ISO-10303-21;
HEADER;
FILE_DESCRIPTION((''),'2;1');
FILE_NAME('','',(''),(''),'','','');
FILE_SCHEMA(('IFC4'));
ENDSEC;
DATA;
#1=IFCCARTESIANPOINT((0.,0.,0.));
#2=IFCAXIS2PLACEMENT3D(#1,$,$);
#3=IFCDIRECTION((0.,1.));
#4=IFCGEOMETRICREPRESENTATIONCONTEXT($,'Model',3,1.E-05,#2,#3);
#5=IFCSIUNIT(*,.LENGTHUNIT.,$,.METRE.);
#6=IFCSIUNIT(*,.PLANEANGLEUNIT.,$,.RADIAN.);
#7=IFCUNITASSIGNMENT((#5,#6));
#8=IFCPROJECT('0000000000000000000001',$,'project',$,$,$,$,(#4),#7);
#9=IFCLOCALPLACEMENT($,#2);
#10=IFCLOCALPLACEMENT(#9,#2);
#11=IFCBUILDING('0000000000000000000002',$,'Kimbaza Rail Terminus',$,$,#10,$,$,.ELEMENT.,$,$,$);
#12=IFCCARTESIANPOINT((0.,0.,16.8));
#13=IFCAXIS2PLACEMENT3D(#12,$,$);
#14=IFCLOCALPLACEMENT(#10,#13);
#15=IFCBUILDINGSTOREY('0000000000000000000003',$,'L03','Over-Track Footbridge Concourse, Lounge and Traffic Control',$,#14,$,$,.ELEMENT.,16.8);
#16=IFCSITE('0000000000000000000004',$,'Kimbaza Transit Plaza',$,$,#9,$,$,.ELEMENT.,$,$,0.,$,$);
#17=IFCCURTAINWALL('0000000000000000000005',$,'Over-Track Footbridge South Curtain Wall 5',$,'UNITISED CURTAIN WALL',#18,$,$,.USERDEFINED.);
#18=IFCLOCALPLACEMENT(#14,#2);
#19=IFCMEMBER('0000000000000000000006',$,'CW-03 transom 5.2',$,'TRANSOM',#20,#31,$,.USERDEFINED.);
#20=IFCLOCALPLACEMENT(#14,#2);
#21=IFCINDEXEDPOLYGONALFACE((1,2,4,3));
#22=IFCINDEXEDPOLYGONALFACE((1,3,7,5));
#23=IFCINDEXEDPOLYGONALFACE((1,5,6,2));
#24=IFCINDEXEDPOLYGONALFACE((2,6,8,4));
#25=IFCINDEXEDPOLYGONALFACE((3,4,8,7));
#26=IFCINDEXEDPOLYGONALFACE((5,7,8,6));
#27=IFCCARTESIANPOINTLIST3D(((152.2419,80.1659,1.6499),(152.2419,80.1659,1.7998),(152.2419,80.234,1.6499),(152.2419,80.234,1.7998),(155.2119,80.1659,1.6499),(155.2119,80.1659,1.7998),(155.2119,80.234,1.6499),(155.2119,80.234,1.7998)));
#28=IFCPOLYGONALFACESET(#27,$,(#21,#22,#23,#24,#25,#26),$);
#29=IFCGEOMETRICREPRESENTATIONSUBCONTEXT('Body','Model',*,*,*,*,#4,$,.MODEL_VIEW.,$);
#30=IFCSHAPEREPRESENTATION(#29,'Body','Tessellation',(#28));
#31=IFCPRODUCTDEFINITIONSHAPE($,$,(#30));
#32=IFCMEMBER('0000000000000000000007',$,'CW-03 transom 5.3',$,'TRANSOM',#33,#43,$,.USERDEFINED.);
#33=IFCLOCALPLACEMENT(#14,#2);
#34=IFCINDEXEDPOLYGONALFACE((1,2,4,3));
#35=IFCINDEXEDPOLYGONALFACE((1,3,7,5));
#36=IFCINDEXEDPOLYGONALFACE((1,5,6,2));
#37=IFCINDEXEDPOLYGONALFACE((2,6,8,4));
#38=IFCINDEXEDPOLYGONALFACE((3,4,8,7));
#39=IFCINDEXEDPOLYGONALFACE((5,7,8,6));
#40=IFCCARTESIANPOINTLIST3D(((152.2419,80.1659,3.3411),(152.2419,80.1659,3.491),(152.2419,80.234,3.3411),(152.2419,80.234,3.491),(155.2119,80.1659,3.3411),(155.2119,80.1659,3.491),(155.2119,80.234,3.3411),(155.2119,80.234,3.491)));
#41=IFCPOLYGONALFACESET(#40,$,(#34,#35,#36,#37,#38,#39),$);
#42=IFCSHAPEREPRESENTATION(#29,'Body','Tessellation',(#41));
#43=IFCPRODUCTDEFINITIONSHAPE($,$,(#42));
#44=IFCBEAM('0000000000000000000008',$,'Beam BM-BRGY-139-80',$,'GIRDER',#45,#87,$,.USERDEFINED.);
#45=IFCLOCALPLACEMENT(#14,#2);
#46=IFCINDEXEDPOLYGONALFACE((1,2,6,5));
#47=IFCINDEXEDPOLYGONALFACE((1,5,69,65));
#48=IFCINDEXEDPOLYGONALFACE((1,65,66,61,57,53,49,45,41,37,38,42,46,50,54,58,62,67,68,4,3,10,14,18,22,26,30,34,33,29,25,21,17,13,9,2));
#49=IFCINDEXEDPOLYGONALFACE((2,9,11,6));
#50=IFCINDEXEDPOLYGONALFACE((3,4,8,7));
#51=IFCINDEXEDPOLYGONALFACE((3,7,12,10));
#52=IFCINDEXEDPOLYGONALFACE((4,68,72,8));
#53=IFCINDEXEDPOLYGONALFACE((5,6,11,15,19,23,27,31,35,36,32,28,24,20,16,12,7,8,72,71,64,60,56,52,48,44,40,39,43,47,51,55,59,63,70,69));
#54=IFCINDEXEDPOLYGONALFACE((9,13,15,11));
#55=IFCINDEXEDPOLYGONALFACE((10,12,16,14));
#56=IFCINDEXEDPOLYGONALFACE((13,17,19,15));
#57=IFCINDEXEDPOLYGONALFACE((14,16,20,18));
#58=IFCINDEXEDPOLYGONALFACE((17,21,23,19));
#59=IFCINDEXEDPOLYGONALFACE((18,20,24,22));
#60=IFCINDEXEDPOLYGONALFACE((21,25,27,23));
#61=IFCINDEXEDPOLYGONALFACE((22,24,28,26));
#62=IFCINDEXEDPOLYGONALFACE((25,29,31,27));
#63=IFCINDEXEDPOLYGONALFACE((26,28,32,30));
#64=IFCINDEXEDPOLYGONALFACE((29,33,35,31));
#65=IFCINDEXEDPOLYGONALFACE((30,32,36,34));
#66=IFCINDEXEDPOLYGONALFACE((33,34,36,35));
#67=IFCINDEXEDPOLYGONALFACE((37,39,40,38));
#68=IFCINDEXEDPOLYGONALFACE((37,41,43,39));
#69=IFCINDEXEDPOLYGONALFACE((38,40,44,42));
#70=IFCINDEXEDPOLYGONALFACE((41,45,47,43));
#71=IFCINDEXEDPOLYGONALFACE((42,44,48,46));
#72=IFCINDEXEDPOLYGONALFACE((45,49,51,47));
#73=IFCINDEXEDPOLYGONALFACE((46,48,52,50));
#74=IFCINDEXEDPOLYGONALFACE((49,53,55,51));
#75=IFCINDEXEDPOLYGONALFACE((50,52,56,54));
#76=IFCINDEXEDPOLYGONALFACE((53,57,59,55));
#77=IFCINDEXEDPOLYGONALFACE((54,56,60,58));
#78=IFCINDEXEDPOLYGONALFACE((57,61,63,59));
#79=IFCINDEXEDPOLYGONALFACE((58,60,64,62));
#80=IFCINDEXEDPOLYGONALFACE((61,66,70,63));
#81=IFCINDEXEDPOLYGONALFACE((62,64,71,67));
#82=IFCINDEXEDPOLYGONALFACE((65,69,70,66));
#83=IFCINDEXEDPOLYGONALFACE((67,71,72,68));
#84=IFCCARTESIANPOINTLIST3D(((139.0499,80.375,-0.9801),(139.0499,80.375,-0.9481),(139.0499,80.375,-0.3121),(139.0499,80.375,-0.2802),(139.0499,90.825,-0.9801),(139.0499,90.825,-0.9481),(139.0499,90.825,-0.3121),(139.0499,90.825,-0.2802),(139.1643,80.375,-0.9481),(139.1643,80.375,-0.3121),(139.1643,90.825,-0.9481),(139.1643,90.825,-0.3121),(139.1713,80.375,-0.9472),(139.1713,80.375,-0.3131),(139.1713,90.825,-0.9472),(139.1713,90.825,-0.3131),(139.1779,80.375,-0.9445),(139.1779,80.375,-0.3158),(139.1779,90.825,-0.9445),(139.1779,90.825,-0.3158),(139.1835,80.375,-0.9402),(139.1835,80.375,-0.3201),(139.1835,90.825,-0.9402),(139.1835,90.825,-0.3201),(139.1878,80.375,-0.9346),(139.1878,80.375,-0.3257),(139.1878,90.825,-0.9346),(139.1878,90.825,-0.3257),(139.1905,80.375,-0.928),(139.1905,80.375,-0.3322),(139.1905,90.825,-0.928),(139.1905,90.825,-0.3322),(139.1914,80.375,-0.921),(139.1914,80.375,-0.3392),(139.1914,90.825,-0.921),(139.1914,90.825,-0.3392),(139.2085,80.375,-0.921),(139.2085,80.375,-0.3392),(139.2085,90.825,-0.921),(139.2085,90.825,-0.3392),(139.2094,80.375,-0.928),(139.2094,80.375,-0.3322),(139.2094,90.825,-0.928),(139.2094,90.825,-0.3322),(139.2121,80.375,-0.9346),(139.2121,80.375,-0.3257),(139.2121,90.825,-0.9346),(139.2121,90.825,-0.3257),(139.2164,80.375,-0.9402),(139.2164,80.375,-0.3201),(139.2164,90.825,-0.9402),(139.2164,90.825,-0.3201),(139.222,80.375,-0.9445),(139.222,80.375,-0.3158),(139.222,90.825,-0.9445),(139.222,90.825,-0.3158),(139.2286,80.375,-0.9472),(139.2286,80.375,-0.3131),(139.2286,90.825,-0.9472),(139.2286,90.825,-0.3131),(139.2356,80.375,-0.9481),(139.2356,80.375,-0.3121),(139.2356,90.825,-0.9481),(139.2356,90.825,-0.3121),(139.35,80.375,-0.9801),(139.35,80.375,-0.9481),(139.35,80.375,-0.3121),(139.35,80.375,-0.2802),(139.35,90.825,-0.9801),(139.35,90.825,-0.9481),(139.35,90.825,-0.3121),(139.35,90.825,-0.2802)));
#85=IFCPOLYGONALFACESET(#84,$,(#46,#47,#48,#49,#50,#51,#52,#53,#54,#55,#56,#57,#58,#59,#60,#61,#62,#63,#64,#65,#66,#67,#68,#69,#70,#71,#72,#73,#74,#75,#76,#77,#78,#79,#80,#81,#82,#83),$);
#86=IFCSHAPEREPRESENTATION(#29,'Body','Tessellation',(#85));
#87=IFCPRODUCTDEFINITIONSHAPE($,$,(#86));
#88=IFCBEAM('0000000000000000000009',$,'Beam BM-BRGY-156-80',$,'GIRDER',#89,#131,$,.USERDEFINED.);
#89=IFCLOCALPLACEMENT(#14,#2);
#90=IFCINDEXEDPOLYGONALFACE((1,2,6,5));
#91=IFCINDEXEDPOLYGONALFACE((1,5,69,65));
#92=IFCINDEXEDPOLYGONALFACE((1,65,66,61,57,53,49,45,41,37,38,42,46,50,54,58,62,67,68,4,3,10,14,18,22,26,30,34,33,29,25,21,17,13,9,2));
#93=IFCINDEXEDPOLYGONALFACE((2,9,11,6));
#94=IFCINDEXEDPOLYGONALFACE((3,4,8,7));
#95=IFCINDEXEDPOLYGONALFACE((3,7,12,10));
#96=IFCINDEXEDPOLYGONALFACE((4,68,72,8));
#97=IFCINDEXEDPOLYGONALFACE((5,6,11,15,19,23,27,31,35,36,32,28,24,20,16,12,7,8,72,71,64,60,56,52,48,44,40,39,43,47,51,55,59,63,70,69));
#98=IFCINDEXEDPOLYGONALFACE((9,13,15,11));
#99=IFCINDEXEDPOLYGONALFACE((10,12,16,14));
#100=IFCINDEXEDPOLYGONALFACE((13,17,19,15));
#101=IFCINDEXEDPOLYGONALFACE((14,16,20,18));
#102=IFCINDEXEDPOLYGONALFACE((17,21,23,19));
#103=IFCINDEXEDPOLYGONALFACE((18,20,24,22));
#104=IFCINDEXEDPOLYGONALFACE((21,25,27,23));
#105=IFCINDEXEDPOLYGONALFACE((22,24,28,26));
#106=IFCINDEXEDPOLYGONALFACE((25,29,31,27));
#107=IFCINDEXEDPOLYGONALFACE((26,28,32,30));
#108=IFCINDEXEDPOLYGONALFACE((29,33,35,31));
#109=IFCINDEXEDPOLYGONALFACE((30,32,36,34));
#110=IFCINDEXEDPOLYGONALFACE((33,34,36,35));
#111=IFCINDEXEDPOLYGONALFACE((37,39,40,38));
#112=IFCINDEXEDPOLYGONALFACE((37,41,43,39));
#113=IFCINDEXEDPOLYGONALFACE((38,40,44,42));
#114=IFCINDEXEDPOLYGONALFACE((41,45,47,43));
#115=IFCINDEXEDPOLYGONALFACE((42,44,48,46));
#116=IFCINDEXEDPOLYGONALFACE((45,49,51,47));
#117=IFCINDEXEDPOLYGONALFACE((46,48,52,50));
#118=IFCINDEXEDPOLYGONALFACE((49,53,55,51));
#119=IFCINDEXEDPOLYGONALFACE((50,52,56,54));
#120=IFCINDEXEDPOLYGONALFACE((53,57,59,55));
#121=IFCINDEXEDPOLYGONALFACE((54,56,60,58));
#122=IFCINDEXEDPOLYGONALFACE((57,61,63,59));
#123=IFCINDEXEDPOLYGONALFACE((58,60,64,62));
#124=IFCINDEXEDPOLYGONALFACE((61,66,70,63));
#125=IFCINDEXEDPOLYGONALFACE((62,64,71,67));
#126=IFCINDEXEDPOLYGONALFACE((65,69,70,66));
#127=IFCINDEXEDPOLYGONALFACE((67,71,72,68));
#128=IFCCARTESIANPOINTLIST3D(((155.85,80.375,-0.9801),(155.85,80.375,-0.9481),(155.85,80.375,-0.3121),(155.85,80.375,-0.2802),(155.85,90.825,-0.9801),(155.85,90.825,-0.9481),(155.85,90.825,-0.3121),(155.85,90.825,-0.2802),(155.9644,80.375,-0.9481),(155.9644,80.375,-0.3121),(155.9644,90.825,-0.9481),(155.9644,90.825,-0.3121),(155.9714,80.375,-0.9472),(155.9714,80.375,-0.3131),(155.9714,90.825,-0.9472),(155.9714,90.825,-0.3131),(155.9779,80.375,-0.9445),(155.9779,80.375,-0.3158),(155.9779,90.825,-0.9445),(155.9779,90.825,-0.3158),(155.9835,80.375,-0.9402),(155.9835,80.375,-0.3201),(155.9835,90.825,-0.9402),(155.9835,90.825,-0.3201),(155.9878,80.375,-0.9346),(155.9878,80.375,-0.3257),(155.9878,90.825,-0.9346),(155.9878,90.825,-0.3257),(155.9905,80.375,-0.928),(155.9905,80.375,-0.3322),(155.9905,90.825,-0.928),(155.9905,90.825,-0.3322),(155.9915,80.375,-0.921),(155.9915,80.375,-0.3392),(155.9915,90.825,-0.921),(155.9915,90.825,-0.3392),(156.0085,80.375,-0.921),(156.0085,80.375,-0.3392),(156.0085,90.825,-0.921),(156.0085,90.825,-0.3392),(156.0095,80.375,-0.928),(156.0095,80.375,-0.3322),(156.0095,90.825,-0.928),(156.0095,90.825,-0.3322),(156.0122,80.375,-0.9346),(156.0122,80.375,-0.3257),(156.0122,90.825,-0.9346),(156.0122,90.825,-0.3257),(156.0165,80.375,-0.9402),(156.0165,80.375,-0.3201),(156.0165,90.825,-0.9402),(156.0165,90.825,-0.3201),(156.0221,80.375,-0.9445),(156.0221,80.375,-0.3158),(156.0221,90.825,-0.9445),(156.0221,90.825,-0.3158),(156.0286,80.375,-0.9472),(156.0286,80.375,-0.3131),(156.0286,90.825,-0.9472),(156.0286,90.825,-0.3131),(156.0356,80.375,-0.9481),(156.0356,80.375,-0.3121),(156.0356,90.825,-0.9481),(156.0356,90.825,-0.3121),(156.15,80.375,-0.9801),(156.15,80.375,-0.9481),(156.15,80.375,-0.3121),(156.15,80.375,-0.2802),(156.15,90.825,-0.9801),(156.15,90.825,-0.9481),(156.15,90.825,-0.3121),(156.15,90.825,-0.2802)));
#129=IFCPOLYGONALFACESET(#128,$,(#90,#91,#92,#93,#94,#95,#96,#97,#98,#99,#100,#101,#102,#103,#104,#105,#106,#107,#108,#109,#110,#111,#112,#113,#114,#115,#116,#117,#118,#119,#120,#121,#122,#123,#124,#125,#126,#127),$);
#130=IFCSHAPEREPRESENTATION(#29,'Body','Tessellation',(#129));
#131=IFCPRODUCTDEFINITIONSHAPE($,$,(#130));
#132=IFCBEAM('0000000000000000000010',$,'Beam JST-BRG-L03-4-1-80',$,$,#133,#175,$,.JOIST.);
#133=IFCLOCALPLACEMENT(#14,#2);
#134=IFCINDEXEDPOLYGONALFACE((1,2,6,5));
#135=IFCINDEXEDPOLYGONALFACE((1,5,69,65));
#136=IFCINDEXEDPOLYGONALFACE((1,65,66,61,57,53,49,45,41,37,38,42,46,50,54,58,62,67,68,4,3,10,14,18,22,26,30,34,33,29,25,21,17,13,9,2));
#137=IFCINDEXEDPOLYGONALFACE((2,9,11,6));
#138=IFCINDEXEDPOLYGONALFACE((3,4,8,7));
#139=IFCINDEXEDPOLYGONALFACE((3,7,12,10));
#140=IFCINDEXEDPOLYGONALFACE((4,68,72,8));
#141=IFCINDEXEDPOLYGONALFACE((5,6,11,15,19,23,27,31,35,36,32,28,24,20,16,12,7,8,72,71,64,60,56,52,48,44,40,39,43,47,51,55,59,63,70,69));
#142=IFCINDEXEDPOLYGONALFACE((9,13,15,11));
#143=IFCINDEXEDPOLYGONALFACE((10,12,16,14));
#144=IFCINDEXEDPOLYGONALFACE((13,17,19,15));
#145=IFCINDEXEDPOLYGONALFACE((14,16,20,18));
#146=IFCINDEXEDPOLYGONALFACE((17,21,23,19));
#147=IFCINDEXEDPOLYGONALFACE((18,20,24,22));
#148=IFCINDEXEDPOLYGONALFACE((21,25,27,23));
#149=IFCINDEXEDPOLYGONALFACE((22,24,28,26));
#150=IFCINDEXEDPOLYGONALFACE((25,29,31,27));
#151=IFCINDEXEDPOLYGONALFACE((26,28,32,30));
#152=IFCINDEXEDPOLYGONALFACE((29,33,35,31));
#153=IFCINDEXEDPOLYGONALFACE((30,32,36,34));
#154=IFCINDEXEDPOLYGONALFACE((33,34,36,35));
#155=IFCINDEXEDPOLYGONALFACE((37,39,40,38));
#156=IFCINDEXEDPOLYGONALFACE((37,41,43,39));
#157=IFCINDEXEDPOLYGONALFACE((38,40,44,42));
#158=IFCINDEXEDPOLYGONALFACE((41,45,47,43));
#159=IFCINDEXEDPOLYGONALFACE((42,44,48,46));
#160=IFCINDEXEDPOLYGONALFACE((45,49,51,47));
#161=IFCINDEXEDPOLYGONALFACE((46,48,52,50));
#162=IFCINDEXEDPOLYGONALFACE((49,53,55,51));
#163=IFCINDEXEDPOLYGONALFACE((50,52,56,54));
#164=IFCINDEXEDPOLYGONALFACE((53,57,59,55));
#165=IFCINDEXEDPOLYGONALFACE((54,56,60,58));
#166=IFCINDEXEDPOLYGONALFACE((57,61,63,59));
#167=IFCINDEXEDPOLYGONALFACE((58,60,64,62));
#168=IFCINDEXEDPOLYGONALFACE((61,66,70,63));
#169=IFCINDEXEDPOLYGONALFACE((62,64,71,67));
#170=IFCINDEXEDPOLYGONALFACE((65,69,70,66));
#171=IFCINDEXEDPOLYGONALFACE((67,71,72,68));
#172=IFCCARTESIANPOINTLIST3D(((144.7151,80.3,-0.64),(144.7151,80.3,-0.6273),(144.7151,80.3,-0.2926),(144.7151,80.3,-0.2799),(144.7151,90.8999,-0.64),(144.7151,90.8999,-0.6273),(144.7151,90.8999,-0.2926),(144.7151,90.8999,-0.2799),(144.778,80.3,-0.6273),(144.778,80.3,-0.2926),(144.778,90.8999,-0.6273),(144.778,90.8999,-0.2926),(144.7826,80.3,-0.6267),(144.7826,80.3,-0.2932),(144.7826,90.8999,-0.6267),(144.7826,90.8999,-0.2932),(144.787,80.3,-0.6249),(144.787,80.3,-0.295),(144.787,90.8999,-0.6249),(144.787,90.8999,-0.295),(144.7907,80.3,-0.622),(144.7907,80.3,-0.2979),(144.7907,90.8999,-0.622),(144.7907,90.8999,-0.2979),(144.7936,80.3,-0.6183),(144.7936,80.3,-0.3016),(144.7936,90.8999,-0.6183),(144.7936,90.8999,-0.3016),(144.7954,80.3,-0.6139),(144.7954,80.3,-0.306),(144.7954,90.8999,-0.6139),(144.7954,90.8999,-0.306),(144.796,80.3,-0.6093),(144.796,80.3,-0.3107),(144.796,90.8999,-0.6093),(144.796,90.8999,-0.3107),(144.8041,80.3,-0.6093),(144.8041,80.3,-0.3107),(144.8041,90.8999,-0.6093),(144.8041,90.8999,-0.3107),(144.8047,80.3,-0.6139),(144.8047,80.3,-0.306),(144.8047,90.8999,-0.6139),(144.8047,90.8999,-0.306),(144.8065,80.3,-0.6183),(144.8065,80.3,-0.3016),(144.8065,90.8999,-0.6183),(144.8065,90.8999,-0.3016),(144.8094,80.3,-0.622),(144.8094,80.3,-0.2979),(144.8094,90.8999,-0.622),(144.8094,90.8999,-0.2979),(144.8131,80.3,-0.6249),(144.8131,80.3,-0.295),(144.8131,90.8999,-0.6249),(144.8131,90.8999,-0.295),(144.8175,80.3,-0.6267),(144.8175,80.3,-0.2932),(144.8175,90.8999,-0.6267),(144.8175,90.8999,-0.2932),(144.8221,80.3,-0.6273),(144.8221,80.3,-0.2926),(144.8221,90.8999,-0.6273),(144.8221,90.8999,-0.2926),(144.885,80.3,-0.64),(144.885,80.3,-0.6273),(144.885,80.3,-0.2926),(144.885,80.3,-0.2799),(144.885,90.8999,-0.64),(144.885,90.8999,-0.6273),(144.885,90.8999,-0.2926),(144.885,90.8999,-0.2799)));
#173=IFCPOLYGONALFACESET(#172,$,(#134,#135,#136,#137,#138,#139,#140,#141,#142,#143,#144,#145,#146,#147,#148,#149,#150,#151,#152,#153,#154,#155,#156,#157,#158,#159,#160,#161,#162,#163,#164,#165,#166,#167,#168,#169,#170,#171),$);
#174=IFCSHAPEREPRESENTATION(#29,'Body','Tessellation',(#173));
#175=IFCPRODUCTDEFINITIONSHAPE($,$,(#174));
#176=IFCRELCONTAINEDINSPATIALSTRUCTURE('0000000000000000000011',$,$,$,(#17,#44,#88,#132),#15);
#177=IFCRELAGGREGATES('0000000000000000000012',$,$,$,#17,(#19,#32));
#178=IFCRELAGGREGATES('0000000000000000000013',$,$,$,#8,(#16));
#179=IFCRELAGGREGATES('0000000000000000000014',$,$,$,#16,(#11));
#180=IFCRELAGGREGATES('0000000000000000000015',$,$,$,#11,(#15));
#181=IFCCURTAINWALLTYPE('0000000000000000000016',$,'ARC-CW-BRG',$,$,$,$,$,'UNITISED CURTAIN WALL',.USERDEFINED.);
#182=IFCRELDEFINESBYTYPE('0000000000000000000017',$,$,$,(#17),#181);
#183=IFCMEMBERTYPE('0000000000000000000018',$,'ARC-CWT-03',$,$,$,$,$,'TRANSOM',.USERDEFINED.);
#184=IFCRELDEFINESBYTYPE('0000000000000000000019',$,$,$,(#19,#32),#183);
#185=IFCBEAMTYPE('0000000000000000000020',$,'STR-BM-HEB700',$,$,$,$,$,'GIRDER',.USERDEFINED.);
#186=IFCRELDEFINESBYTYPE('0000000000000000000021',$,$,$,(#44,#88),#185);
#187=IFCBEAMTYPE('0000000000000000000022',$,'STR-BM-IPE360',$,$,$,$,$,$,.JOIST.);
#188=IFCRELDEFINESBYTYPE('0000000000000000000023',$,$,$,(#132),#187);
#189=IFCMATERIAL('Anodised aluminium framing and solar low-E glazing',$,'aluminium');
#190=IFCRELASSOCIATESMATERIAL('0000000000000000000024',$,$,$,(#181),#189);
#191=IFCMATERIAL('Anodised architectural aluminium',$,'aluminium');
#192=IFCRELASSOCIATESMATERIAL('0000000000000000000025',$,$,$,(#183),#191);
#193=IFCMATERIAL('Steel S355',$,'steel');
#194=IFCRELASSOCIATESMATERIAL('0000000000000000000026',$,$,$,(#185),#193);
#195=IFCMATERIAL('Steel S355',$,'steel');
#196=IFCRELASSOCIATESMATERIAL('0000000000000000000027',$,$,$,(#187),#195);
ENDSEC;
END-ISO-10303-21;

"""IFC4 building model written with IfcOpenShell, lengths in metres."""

from ifc_helpers import new_model, si_unit, direction, frame, origin, origin_2d, place, context, subcontext, project, spatial, rectangle, i_section, extrude, material, material_profile, profile_set, type_object, element, aggregate, save


model = new_model("IFC4")

# Units and contexts
model_context = context("Model", 3, precision=1e-05, world=origin(), true_north=direction((0.0, 1.0)))
body_context = subcontext(model_context, "Body", "Model", "MODEL_VIEW")
ifc_project = project(units=[si_unit("LENGTHUNIT", "METRE"), si_unit("PLANEANGLEUNIT", "RADIAN")], contexts=[model_context])

# Site, building, storey
site_placement = place(None, origin())
site = spatial("IfcSite", under=ifc_project, at=site_placement, Name="Kimbaza Transit Plaza", CompositionType="ELEMENT", RefElevation=0.0)
building_placement = place(site_placement, origin())
building = spatial("IfcBuilding", under=site, at=building_placement, Name="Kimbaza Rail Terminus", CompositionType="ELEMENT")
storey_placement = place(building_placement, frame((0.0, 0.0, 16.8)))
storey = spatial("IfcBuildingStorey", under=building, at=storey_placement, Name="L03", Description="Over-Track Footbridge Concourse, Lounge and Traffic Control", CompositionType="ELEMENT", Elevation=16.8)

# Curtain wall
ifc_material_1 = material(Name="Anodised aluminium framing and solar low-E glazing", Category="aluminium")
curtain_wall_type = type_object("IfcCurtainWallType", Name="ARC-CW-BRG", ElementType="UNITISED CURTAIN WALL", PredefinedType="USERDEFINED", material=ifc_material_1)
curtain_wall_1_placement = place(storey_placement, origin())
curtain_wall_1 = element("IfcCurtainWall", 1, at=curtain_wall_1_placement, inside=storey, type_object=curtain_wall_type, Name="Over-Track Footbridge South Curtain Wall 5", ObjectType="UNITISED CURTAIN WALL", PredefinedType="USERDEFINED")

# Members
ifc_material_2 = material(Name="Anodised architectural aluminium", Category="aluminium")
ifc_material_profile_1 = material_profile(ifc_material_2, rectangle(XDim=0.0681, YDim=0.1499, at=origin_2d()), Name="TRANSOM 68x150")
ifc_profile_set_1 = profile_set([ifc_material_profile_1], Name="Anodised architectural aluminium")
member_type_1 = type_object("IfcMemberType", Name="ARC-CWT-03", ElementType="TRANSOM", PredefinedType="USERDEFINED", material=ifc_profile_set_1)
member_1_placement = place(storey_placement, frame((152.2419, 80.2, 1.7249), z_axis=(1.0, 0.0, 0.0), x_axis=(0.0, 1.0, 0.0)))
member_1 = element("IfcMember", 2, at=member_1_placement, type_object=member_type_1, Name="CW-03 transom 5.2", ObjectType="TRANSOM", PredefinedType="USERDEFINED", context=body_context, shape_type="SweptSolid", body=[
    extrude(rectangle(XDim=0.0681, YDim=0.1499, at=origin_2d()), origin(), (0.0, 0.0, 1.0), 2.97),
])
member_2_placement = place(storey_placement, frame((152.2419, 80.2, 3.416), z_axis=(1.0, 0.0, 0.0), x_axis=(0.0, 1.0, 0.0)))
member_2 = element("IfcMember", 3, at=member_2_placement, type_object=member_type_1, Name="CW-03 transom 5.3", ObjectType="TRANSOM", PredefinedType="USERDEFINED", context=body_context, shape_type="SweptSolid", body=[
    extrude(rectangle(XDim=0.0681, YDim=0.1499, at=origin_2d()), origin(), (0.0, 0.0, 1.0), 2.97),
])

# Beams
ifc_material_3 = material(Name="Steel S355", Category="steel")
ifc_material_profile_2 = material_profile(ifc_material_3, i_section(OverallWidth=0.3, OverallDepth=0.7, WebThickness=0.0171, FlangeThickness=0.032, FilletRadius=0.0271, at=origin_2d()), Name="HEB 700")
ifc_profile_set_2 = profile_set([ifc_material_profile_2], Name="Steel S355")
beam_type_1 = type_object("IfcBeamType", Name="STR-BM-HEB700", ElementType="GIRDER", PredefinedType="USERDEFINED", material=ifc_profile_set_2)
for number, where, z_axis, x_axis, name in (
    (4, (139.2, 80.375, -0.6301), (0.0, 1.0, 0.0), (-1.0, 0.0, 0.0), "Beam BM-BRGY-139-80"),
    (5, (156.0, 80.375, -0.6301), (0.0, 1.0, 0.0), (-1.0, 0.0, 0.0), "Beam BM-BRGY-156-80"),
):
    element("IfcBeam", number, at=place(storey_placement, frame(where, z_axis=z_axis, x_axis=x_axis)), inside=storey, type_object=beam_type_1, Name=name, ObjectType="GIRDER", PredefinedType="USERDEFINED", context=body_context, shape_type="SweptSolid", body=[
        extrude(i_section(OverallWidth=0.3, OverallDepth=0.7, WebThickness=0.0171, FlangeThickness=0.032, FilletRadius=0.0271, at=origin_2d()), origin(), (0.0, 0.0, 1.0), 10.45),
    ])
ifc_material_4 = material(Name="Steel S355", Category="steel")
ifc_material_profile_3 = material_profile(ifc_material_4, i_section(OverallWidth=0.1699, OverallDepth=0.3601, WebThickness=0.0081, FlangeThickness=0.0127, FilletRadius=0.0181, at=origin_2d()), Name="IPE 360")
ifc_profile_set_3 = profile_set([ifc_material_profile_3], Name="Steel S355")
beam_type_2 = type_object("IfcBeamType", Name="STR-BM-IPE360", PredefinedType="JOIST", material=ifc_profile_set_3)
for number, where, z_axis, x_axis, name in (
    (6, (144.8, 80.3, -0.46), (0.0, 1.0, 0.0), (-1.0, 0.0, 0.0), "Beam JST-BRG-L03-4-1-80"),
):
    element("IfcBeam", number, at=place(storey_placement, frame(where, z_axis=z_axis, x_axis=x_axis)), inside=storey, type_object=beam_type_2, Name=name, PredefinedType="JOIST", context=body_context, shape_type="SweptSolid", body=[
        extrude(i_section(OverallWidth=0.1699, OverallDepth=0.3601, WebThickness=0.0081, FlangeThickness=0.0127, FilletRadius=0.0181, at=origin_2d()), origin(), (0.0, 0.0, 1.0), 10.5999),
    ])

aggregate(curtain_wall_1, [member_1, member_2])

save(model, "model.ifc")
